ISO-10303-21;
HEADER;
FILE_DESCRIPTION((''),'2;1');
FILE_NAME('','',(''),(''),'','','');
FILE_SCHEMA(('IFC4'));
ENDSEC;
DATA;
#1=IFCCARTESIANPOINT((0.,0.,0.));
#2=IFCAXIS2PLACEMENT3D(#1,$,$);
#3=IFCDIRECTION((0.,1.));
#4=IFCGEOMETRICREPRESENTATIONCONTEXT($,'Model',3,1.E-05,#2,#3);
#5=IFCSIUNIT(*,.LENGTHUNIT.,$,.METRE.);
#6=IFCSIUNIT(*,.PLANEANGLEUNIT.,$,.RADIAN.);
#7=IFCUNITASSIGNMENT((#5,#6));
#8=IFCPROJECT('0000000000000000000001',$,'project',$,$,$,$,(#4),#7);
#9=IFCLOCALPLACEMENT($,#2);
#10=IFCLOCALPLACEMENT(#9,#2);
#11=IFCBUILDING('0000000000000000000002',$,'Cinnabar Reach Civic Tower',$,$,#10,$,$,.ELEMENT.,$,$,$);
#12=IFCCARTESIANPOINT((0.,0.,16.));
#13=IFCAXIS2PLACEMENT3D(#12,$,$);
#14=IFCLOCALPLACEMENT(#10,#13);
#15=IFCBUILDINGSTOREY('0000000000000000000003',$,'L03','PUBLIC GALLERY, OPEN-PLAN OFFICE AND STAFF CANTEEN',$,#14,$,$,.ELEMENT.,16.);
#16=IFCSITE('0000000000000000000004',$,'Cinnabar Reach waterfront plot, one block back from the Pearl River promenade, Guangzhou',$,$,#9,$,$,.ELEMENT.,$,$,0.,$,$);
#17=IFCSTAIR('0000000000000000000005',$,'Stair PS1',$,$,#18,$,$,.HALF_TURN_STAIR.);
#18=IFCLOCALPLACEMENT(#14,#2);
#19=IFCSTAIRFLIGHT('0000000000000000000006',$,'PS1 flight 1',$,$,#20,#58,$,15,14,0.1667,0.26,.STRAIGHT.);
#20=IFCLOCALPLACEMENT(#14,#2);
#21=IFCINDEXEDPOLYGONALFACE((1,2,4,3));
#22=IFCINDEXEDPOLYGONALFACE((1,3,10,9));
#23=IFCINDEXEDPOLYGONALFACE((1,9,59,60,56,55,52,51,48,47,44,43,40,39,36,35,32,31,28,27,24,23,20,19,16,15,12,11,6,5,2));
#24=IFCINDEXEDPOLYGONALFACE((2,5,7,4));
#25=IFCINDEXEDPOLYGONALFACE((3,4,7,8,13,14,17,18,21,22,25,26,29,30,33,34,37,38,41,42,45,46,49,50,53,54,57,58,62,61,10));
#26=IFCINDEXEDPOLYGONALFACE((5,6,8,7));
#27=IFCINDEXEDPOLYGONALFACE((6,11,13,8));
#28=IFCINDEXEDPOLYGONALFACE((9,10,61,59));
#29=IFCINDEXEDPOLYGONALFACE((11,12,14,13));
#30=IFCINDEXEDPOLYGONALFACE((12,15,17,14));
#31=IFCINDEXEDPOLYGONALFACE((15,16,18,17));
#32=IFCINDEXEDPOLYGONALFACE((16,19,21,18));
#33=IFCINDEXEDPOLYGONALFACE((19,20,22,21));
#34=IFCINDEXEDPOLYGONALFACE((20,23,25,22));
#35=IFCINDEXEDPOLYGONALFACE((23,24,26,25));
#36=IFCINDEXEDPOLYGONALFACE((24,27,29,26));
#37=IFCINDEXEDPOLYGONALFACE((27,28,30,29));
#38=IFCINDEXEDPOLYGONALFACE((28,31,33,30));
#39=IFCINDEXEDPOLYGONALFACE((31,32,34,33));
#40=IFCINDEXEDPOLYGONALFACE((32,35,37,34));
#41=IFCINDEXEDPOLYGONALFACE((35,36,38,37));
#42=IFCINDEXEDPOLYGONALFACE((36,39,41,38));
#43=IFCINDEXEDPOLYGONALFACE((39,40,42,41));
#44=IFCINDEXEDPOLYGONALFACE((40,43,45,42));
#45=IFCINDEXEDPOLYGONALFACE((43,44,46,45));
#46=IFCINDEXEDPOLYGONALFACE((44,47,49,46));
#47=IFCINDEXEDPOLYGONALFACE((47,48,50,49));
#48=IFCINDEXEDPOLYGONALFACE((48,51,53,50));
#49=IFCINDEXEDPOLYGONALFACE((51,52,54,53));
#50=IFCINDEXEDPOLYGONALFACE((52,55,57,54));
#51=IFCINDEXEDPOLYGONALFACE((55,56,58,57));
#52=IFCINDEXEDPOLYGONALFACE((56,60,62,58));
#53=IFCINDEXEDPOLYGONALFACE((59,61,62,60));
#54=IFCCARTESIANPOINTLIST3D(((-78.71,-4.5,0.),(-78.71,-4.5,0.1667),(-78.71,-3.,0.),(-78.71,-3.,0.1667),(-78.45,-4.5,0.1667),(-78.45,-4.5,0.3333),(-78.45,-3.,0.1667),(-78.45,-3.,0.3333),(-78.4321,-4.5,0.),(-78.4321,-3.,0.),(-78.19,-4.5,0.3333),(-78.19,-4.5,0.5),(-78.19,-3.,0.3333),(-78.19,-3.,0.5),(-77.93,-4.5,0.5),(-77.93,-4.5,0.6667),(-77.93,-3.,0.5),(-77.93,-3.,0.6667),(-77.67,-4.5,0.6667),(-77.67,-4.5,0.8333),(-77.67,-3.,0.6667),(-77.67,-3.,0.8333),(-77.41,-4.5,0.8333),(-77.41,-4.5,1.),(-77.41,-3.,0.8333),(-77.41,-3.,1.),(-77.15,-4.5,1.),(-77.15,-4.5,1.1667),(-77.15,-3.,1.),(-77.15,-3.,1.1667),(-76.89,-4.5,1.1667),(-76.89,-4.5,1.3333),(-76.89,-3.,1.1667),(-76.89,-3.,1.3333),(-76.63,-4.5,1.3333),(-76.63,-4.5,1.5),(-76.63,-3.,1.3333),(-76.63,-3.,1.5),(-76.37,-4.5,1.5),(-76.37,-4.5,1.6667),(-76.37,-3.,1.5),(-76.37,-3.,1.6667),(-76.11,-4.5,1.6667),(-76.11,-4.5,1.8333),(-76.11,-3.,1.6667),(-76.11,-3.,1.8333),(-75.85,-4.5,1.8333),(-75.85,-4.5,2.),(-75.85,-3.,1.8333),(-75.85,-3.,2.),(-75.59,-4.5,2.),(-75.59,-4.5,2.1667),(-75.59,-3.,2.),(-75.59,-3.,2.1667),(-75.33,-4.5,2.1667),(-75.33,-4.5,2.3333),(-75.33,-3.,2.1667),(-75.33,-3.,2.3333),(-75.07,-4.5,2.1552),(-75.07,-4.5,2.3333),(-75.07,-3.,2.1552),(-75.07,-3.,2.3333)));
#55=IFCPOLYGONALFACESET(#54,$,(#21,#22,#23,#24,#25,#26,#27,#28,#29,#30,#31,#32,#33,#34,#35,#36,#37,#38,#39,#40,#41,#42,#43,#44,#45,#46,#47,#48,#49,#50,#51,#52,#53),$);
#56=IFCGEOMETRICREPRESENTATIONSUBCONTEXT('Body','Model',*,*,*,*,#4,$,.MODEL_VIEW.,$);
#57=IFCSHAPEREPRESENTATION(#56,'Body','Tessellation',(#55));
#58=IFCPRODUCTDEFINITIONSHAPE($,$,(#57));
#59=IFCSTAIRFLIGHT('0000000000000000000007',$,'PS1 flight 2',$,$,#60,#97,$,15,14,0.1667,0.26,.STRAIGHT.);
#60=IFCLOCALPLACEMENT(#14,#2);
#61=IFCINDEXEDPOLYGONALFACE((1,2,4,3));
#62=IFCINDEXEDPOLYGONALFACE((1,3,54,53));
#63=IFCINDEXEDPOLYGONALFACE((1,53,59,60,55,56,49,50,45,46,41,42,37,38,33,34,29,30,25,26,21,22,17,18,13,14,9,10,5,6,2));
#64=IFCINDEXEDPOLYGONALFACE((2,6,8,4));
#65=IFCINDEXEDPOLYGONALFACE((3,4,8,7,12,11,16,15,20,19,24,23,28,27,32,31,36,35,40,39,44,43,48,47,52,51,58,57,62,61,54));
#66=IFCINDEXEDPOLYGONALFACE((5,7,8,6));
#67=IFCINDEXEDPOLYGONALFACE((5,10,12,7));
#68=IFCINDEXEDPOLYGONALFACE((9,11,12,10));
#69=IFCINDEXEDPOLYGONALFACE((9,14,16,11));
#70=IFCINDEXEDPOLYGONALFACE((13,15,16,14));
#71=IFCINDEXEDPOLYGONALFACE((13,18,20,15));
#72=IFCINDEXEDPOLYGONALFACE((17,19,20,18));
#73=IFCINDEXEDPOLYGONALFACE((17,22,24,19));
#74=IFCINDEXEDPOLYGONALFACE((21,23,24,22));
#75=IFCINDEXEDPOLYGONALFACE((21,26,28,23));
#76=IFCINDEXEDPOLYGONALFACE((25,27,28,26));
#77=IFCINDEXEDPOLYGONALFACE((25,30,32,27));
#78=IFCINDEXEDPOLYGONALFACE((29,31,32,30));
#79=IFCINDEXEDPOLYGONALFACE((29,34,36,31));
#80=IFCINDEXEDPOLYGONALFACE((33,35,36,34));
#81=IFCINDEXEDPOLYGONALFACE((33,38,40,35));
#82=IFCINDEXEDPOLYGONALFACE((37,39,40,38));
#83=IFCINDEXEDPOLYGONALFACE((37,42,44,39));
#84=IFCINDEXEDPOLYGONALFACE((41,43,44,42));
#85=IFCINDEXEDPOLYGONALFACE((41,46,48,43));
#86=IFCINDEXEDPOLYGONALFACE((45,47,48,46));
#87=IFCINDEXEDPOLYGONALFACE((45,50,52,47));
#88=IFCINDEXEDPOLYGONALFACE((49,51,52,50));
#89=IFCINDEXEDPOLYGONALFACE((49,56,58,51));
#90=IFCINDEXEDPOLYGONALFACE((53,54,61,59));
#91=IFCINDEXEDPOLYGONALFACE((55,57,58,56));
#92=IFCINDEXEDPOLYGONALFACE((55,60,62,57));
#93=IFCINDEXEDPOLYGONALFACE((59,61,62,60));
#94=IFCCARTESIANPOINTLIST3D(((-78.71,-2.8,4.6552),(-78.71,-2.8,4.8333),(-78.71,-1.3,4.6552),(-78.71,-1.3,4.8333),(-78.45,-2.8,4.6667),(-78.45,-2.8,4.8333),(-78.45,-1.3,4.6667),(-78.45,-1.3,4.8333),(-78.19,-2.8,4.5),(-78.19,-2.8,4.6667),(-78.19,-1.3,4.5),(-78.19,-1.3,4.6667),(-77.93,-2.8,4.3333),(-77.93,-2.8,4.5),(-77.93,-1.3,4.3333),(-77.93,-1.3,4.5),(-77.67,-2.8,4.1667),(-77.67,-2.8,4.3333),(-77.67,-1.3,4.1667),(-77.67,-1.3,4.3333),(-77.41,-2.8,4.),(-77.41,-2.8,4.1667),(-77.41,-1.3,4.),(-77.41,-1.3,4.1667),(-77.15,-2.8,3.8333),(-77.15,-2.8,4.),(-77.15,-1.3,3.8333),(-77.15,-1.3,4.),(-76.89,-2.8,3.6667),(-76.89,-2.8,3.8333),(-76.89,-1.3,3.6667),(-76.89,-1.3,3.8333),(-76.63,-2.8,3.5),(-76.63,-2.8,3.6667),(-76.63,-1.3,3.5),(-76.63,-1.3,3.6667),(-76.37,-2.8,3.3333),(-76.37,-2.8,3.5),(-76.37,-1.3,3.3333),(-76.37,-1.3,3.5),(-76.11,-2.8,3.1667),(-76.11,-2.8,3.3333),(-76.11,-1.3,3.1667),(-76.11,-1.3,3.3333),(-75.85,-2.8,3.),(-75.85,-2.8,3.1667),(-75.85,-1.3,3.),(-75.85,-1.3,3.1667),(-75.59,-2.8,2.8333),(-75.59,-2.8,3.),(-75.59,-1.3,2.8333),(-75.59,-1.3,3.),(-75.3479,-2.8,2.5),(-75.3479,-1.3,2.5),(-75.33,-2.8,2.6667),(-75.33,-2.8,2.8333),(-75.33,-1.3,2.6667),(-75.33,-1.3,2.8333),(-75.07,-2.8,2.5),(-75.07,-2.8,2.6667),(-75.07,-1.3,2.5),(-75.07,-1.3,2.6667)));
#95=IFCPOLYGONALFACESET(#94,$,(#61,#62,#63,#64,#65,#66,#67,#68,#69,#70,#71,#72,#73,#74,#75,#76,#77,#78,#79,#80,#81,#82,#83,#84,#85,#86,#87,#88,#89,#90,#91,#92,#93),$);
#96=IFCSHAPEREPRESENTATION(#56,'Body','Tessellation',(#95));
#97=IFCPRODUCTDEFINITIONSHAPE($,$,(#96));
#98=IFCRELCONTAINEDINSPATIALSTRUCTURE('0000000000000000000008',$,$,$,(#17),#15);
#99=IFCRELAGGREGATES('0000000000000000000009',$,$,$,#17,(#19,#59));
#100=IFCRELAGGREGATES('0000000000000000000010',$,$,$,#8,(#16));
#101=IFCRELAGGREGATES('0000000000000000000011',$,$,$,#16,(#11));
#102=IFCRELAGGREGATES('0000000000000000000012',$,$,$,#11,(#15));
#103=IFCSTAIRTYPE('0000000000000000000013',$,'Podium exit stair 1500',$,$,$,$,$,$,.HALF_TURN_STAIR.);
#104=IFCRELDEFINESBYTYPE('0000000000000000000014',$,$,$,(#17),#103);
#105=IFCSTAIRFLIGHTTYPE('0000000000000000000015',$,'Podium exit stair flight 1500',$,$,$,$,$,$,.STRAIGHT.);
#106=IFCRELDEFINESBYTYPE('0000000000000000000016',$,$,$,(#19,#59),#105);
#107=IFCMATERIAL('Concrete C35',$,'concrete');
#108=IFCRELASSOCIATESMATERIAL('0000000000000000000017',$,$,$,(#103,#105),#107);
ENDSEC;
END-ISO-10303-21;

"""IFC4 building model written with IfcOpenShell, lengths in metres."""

from ifc_helpers import new_model, si_unit, direction, frame, origin, place, context, subcontext, project, spatial, polyline, outline, extrude, material, type_object, element, aggregate, save


model = new_model("IFC4")

# Units and contexts
model_context = context("Model", 3, precision=1e-05, world=origin(), true_north=direction((0.0, 1.0)))
body_context = subcontext(model_context, "Body", "Model", "MODEL_VIEW")
ifc_project = project(units=[si_unit("LENGTHUNIT", "METRE"), si_unit("PLANEANGLEUNIT", "RADIAN")], contexts=[model_context])

# Site, building, storey
site_placement = place(None, origin())
site = spatial("IfcSite", under=ifc_project, at=site_placement, Name="Cinnabar Reach waterfront plot, one block back from the Pearl River promenade, Guangzhou", CompositionType="ELEMENT", RefElevation=0.0)
building_placement = place(site_placement, origin())
building = spatial("IfcBuilding", under=site, at=building_placement, Name="Cinnabar Reach Civic Tower", CompositionType="ELEMENT")
storey_placement = place(building_placement, frame((0.0, 0.0, 16.0)))
storey = spatial("IfcBuildingStorey", under=building, at=storey_placement, Name="L03", Description="PUBLIC GALLERY, OPEN-PLAN OFFICE AND STAFF CANTEEN", CompositionType="ELEMENT", Elevation=16.0)

# Stair, stair flights
ifc_material_1 = material(Name="Concrete C35", Category="concrete")
stair_type = type_object("IfcStairType", Name="Podium exit stair 1500", PredefinedType="HALF_TURN_STAIR", material=ifc_material_1)
stair_placement = place(storey_placement, origin())
stair = element("IfcStair", 1, at=stair_placement, inside=storey, type_object=stair_type, Name="Stair PS1", PredefinedType="HALF_TURN_STAIR")
stair_flight_type = type_object("IfcStairFlightType", Name="Podium exit stair flight 1500", PredefinedType="STRAIGHT", material=ifc_material_1)
stair_flight_1_placement = place(storey_placement, frame((-78.71, -3.75, 0.0), z_axis=(0.0, 0.0, 1.0), x_axis=(1.0, 0.0, 0.0)))
stair_flight_1 = element("IfcStairFlight", 2, at=stair_flight_1_placement, type_object=stair_flight_type, Name="PS1 flight 1", NumberOfRisers=15, NumberOfTreads=14, PredefinedType="STRAIGHT", RiserHeight=0.1667, TreadLength=0.26, context=body_context, shape_type="SweptSolid", body=[
    extrude(outline(polyline([(0.0, 0.0), (0.0, 0.1667), (0.26, 0.1667), (0.26, 0.3333), (0.52, 0.3333), (0.52, 0.5), (0.78, 0.5), (0.78, 0.6667), (1.04, 0.6667), (1.04, 0.8333), (1.3, 0.8333), (1.3, 1.0), (1.56, 1.0), (1.56, 1.1667), (1.82, 1.1667), (1.82, 1.3333), (2.08, 1.3333), (2.08, 1.5), (2.34, 1.5), (2.34, 1.6667), (2.6, 1.6667), (2.6, 1.8333), (2.86, 1.8333), (2.86, 2.0), (3.12, 2.0), (3.12, 2.1667), (3.38, 2.1667), (3.38, 2.3333), (3.64, 2.3333), (3.64, 2.5), (3.64, 2.1552), (0.2779, 0.0), (0.0, 0.0)])), frame((0.0, 0.75, 0.0), z_axis=(0.0, -1.0, 0.0), x_axis=(1.0, 0.0, 0.0)), (0.0, 0.0, 1.0), 1.5),
])
stair_flight_2_placement = place(storey_placement, frame((-75.07, -2.05, 2.5), z_axis=(0.0, 0.0, 1.0), x_axis=(-1.0, 0.0, 0.0)))
stair_flight_2 = element("IfcStairFlight", 3, at=stair_flight_2_placement, type_object=stair_flight_type, Name="PS1 flight 2", NumberOfRisers=15, NumberOfTreads=14, PredefinedType="STRAIGHT", RiserHeight=0.1667, TreadLength=0.26, context=body_context, shape_type="SweptSolid", body=[
    extrude(outline(polyline([(0.0, 0.0), (0.0, 0.1667), (0.26, 0.1667), (0.26, 0.3333), (0.52, 0.3333), (0.52, 0.5), (0.78, 0.5), (0.78, 0.6667), (1.04, 0.6667), (1.04, 0.8333), (1.3, 0.8333), (1.3, 1.0), (1.56, 1.0), (1.56, 1.1667), (1.82, 1.1667), (1.82, 1.3333), (2.08, 1.3333), (2.08, 1.5), (2.34, 1.5), (2.34, 1.6667), (2.6, 1.6667), (2.6, 1.8333), (2.86, 1.8333), (2.86, 2.0), (3.12, 2.0), (3.12, 2.1667), (3.38, 2.1667), (3.38, 2.3333), (3.64, 2.3333), (3.64, 2.5), (3.64, 2.1552), (0.2779, 0.0), (0.0, 0.0)])), frame((0.0, 0.75, 0.0), z_axis=(0.0, -1.0, 0.0), x_axis=(1.0, 0.0, 0.0)), (0.0, 0.0, 1.0), 1.5),
])
aggregate(stair, [stair_flight_1, stair_flight_2])

save(model, "model.ifc")
